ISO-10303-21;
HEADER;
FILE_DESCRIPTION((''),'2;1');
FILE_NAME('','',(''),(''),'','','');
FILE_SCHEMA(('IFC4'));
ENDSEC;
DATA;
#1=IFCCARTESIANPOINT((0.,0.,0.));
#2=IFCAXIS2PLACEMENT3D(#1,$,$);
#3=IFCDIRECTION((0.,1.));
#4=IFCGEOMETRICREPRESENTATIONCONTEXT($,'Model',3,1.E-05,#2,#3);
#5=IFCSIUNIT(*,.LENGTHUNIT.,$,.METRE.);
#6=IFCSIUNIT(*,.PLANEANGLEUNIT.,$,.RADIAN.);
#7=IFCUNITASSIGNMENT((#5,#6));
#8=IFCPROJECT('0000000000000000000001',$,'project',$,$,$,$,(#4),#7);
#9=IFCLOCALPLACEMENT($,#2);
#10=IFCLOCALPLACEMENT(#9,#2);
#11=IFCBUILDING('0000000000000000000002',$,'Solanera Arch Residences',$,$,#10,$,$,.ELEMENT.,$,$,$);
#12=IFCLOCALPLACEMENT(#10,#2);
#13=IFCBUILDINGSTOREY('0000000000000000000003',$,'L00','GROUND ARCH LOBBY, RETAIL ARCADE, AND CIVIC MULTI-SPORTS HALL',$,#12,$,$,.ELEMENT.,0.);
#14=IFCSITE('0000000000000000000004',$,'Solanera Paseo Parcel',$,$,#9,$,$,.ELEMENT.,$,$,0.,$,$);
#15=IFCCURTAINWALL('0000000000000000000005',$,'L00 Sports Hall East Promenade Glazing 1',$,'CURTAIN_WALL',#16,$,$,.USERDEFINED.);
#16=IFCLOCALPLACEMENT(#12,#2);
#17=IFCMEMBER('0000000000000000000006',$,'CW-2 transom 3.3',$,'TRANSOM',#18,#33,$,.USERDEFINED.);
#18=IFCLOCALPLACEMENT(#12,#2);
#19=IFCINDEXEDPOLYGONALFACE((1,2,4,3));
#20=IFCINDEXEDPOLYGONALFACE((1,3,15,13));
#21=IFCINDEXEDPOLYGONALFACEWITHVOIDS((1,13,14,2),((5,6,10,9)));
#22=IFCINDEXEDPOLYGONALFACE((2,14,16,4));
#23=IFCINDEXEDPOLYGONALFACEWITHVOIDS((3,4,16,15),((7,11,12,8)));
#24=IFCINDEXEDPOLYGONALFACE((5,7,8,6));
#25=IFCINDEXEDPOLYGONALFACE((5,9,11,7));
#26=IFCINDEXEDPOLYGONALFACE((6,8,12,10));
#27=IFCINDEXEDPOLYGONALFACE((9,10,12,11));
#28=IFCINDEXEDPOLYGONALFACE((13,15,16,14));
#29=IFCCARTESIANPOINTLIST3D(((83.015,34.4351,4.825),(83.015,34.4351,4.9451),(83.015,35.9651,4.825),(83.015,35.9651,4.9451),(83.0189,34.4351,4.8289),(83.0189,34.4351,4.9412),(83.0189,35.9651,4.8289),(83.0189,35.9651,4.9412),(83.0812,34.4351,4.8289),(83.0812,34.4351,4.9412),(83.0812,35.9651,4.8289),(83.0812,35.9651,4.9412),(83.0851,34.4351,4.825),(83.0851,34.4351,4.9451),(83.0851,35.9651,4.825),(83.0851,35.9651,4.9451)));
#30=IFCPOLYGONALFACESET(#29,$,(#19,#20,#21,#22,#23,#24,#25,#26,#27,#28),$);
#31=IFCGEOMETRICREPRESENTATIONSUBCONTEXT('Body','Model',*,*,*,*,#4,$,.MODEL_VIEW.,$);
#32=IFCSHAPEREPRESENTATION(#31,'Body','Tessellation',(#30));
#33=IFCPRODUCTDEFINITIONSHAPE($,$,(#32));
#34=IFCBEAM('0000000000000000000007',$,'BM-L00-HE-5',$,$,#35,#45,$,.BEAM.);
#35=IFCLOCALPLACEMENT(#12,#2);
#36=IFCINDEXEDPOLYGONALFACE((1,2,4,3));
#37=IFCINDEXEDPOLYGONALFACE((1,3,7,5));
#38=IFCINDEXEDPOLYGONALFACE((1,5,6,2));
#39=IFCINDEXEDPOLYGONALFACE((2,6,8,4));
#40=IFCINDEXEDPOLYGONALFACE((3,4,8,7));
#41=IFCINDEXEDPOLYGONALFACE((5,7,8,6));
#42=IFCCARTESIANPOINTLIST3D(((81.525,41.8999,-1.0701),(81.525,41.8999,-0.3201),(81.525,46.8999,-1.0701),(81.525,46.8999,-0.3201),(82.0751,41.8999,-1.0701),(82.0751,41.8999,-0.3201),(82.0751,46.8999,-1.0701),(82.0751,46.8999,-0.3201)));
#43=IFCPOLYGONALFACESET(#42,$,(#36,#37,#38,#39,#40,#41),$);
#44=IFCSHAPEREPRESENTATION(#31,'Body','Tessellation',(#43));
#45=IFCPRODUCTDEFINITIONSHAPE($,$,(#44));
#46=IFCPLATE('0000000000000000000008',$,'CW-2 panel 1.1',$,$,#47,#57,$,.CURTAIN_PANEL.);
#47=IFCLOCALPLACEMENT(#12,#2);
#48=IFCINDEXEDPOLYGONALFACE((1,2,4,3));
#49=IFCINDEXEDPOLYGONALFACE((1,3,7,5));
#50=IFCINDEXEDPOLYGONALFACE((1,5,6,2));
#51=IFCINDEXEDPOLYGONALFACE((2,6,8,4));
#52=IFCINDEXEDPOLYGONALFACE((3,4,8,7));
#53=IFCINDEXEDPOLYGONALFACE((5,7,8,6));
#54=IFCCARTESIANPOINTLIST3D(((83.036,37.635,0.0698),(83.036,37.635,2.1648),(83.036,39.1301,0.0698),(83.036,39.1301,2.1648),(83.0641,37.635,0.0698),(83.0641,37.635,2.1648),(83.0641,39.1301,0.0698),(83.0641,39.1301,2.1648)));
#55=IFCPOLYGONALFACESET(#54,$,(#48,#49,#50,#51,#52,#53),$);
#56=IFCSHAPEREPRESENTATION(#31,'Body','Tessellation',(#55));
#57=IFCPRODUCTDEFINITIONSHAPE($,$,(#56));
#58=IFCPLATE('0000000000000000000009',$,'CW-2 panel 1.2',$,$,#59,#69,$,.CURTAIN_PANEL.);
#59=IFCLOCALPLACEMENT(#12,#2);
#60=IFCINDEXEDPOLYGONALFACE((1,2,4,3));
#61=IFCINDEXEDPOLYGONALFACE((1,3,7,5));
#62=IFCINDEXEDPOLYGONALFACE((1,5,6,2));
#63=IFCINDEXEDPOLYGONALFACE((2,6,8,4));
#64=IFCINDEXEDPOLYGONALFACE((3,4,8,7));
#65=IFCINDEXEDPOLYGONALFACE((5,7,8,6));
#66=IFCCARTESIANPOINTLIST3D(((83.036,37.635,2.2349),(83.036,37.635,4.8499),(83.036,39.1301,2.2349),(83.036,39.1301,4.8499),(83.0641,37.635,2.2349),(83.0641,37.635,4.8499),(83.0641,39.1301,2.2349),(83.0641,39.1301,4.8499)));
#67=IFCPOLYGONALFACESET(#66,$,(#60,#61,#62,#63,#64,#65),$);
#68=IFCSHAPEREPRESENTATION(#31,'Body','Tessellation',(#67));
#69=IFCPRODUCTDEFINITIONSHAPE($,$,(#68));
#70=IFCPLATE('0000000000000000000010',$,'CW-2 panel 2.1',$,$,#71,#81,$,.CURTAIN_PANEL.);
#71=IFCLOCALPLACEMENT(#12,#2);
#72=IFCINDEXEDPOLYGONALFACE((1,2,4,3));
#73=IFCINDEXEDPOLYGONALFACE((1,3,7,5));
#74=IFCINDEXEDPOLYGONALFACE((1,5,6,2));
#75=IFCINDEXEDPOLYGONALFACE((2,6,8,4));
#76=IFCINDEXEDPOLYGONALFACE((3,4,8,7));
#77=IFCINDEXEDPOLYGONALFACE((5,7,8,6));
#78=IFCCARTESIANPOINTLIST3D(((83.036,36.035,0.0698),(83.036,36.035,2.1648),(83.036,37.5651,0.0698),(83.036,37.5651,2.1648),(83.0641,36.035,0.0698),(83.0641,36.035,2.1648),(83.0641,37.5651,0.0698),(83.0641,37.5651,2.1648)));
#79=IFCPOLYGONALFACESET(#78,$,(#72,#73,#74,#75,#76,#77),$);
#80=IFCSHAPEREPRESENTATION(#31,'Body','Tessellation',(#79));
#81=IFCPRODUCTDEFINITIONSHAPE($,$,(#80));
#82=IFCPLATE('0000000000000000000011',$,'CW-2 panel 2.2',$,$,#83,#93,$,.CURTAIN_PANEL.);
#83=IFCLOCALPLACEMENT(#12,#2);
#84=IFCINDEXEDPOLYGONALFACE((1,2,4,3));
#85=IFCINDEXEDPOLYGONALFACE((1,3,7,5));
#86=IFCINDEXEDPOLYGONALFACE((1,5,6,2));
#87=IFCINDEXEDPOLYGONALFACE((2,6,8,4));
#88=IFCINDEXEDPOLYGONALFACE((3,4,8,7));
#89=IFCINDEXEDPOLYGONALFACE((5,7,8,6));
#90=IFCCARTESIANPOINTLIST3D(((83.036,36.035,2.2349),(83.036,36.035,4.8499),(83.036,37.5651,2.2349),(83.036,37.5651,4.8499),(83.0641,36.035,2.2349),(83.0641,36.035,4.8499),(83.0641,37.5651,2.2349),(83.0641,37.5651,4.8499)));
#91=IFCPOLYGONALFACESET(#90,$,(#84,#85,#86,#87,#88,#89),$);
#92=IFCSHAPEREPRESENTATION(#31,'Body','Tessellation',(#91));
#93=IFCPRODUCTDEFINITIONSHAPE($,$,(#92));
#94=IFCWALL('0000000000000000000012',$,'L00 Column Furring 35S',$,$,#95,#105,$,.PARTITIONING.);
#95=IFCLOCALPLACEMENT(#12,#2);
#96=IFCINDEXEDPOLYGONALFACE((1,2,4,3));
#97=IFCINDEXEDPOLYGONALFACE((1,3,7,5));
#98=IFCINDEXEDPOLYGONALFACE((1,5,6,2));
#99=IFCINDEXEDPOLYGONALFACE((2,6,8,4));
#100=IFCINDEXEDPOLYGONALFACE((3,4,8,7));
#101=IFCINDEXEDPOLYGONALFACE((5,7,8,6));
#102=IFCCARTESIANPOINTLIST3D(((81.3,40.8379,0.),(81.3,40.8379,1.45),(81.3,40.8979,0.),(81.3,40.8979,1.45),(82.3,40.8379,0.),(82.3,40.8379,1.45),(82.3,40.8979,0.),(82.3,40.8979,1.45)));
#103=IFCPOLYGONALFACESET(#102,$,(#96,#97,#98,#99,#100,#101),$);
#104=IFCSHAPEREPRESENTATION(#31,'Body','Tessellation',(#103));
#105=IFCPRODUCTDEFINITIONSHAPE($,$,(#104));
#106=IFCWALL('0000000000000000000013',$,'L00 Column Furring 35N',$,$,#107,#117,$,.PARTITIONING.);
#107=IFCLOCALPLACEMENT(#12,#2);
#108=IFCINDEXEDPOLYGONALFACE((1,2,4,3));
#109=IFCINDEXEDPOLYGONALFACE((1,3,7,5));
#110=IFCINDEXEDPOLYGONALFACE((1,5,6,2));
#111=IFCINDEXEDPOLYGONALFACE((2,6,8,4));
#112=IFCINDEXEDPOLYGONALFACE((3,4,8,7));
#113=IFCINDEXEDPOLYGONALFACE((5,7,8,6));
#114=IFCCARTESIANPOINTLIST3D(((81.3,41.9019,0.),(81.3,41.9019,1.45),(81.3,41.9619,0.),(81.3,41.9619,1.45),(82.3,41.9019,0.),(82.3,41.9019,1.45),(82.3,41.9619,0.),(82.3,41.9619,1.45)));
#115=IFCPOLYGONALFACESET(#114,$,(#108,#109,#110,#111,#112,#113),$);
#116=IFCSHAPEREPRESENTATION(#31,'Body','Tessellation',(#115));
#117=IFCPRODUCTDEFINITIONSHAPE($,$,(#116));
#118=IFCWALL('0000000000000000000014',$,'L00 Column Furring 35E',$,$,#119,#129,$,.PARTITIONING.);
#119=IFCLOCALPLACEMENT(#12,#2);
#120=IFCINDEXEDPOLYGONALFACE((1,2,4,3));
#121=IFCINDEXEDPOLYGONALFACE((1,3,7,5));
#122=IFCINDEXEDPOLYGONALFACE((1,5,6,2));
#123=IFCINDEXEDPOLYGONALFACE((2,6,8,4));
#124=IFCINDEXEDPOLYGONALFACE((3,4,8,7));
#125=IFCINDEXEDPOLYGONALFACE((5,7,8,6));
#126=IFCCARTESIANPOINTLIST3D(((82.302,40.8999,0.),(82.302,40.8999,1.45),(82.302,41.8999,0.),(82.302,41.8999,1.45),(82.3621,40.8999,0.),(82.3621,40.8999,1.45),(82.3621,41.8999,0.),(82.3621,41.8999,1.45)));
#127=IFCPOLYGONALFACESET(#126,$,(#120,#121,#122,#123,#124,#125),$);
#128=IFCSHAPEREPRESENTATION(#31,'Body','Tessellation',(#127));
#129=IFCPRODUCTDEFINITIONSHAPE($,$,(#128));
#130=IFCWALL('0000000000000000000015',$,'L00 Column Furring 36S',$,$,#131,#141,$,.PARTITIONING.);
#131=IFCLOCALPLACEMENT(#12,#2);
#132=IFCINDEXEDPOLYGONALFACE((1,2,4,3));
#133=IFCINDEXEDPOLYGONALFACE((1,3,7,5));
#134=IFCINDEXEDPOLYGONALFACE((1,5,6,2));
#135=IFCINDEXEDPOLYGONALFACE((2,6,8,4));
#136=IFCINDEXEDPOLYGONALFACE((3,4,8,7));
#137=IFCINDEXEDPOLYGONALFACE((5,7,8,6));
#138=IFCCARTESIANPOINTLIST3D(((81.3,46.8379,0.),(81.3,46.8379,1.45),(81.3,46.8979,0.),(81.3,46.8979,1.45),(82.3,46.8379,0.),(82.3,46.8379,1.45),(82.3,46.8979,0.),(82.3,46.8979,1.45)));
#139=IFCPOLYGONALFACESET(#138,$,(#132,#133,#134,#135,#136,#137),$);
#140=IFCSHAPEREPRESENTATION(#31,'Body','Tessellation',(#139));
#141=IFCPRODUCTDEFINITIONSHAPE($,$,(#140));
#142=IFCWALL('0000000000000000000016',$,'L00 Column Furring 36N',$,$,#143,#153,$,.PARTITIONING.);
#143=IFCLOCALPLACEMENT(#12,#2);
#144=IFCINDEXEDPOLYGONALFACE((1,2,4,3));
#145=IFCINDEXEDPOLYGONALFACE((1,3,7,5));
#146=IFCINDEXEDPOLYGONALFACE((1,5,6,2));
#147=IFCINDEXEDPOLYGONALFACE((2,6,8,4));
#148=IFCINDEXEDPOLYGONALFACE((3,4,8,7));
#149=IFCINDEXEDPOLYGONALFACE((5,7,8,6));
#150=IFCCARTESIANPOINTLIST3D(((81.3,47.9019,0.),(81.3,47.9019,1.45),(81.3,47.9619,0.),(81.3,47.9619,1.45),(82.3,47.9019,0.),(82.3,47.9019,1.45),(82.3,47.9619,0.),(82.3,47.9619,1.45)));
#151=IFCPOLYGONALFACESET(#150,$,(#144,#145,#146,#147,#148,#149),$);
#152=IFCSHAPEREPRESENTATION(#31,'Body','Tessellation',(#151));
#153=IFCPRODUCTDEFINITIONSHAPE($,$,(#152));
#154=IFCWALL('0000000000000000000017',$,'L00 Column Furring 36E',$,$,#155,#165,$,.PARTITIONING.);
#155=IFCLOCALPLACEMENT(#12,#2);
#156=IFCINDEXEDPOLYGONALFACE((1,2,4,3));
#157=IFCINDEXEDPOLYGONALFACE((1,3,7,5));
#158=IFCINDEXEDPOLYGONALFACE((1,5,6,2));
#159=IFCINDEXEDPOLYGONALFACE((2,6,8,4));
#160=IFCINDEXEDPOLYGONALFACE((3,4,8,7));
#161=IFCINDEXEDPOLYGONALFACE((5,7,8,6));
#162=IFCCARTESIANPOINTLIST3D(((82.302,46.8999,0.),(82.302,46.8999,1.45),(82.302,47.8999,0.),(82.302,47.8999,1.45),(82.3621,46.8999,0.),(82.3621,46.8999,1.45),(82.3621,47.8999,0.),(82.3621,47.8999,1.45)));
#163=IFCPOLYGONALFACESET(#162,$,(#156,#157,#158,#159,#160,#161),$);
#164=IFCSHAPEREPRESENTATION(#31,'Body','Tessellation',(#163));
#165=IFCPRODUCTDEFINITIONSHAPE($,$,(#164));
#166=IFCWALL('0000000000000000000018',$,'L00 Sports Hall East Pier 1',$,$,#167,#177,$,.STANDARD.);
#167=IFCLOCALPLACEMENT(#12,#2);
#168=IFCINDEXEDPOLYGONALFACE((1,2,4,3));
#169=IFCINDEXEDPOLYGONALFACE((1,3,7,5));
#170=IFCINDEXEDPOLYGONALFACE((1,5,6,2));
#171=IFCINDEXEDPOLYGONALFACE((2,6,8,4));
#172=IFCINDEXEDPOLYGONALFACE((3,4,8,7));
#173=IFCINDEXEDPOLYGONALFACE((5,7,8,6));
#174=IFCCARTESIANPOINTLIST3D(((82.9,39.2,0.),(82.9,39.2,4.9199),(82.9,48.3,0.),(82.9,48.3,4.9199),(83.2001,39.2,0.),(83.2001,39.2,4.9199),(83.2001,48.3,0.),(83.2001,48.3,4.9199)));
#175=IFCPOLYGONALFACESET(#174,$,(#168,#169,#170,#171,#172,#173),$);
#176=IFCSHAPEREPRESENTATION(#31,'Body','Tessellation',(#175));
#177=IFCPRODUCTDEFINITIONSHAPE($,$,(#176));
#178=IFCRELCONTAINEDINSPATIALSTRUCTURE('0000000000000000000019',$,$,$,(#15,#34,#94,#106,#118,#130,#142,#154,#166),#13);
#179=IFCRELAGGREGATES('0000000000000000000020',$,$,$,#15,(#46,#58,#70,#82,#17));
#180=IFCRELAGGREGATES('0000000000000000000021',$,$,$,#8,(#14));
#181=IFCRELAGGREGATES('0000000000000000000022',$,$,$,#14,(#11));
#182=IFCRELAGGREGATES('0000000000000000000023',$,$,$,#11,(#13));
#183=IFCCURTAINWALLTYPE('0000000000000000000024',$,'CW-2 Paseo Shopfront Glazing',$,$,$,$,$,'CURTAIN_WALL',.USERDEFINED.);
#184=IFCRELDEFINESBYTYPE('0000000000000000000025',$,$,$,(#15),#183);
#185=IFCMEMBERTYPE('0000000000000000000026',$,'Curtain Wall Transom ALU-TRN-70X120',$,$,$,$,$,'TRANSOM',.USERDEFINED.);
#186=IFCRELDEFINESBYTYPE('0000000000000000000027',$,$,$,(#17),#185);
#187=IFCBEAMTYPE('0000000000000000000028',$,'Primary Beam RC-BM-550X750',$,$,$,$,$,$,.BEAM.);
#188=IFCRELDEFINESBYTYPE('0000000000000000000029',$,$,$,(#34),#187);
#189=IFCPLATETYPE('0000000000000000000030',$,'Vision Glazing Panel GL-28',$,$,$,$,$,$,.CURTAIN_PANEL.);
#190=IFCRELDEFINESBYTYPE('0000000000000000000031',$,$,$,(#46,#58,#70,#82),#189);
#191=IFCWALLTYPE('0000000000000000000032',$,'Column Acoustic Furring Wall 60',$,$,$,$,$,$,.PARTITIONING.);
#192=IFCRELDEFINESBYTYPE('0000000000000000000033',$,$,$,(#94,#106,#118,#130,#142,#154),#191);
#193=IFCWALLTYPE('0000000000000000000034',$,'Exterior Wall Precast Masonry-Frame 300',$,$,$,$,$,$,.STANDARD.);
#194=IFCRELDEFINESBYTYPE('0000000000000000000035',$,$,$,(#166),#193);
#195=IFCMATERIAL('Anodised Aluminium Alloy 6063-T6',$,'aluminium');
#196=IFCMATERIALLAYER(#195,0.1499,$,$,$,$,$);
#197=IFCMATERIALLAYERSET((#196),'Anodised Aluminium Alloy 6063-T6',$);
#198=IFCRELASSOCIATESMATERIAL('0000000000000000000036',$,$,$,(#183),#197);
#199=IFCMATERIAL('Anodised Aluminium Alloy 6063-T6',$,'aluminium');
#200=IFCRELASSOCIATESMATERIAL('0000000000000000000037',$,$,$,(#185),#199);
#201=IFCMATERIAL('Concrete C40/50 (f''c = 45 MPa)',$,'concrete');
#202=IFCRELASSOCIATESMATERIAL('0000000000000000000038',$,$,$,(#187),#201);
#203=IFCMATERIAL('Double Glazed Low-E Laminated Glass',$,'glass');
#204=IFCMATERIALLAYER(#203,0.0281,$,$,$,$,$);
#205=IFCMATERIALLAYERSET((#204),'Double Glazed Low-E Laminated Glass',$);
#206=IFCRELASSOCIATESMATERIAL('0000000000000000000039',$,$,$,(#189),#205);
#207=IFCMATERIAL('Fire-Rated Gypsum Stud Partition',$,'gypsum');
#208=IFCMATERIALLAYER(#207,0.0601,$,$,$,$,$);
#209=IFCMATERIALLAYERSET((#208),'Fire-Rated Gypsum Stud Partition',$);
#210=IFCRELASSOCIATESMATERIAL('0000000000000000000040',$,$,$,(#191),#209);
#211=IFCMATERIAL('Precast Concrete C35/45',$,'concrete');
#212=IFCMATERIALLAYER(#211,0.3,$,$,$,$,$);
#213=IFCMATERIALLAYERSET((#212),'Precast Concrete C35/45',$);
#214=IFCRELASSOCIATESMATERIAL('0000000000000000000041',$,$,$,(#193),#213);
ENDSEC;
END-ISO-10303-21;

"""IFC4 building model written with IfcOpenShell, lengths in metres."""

from ifc_helpers import new_model, si_unit, direction, frame, frame_2d, origin, origin_2d, place, context, subcontext, project, spatial, rectangle, hollow_rectangle, extrude, material, layer, layer_set, material_profile, profile_set, type_object, element, aggregate, save


model = new_model("IFC4")

# Units and contexts
model_context = context("Model", 3, precision=1e-05, world=origin(), true_north=direction((0.0, 1.0)))
body_context = subcontext(model_context, "Body", "Model", "MODEL_VIEW")
ifc_project = project(units=[si_unit("LENGTHUNIT", "METRE"), si_unit("PLANEANGLEUNIT", "RADIAN")], contexts=[model_context])

# Site, building, storey
site_placement = place(None, origin())
site = spatial("IfcSite", under=ifc_project, at=site_placement, Name="Solanera Paseo Parcel", CompositionType="ELEMENT", RefElevation=0.0)
building_placement = place(site_placement, origin())
building = spatial("IfcBuilding", under=site, at=building_placement, Name="Solanera Arch Residences", CompositionType="ELEMENT")
storey_placement = place(building_placement, origin())
storey = spatial("IfcBuildingStorey", under=building, at=storey_placement, Name="L00", Description="GROUND ARCH LOBBY, RETAIL ARCADE, AND CIVIC MULTI-SPORTS HALL", CompositionType="ELEMENT", Elevation=0.0)

# Curtain wall, member
ifc_material_1 = material(Name="Anodised Aluminium Alloy 6063-T6", Category="aluminium")
ifc_layer_1 = layer(ifc_material_1, 0.1499)
ifc_layer_set_1 = layer_set([ifc_layer_1], Name="Anodised Aluminium Alloy 6063-T6")
curtain_wall_type = type_object("IfcCurtainWallType", Name="CW-2 Paseo Shopfront Glazing", ElementType="CURTAIN_WALL", PredefinedType="USERDEFINED", material=ifc_layer_set_1)
curtain_wall_placement = place(storey_placement, origin())
curtain_wall = element("IfcCurtainWall", 1, at=curtain_wall_placement, inside=storey, type_object=curtain_wall_type, Name="L00 Sports Hall East Promenade Glazing 1", ObjectType="CURTAIN_WALL", PredefinedType="USERDEFINED")
ifc_material_2 = material(Name="Anodised Aluminium Alloy 6063-T6", Category="aluminium")
ifc_material_profile_1 = material_profile(ifc_material_2, hollow_rectangle(XDim=0.0701, YDim=0.1201, WallThickness=0.0039, at=origin_2d()))
ifc_profile_set_1 = profile_set([ifc_material_profile_1], Name="Anodised Aluminium Alloy 6063-T6")
member_type_1 = type_object("IfcMemberType", Name="Curtain Wall Transom ALU-TRN-70X120", ElementType="TRANSOM", PredefinedType="USERDEFINED", material=ifc_profile_set_1)
member_1_placement = place(storey_placement, frame((83.05, 35.9651, 4.885), z_axis=(0.0, -1.0, 0.0), x_axis=(1.0, 0.0, 0.0)))
member_1 = element("IfcMember", 2, at=member_1_placement, type_object=member_type_1, Name="CW-2 transom 3.3", ObjectType="TRANSOM", PredefinedType="USERDEFINED", context=body_context, shape_type="SweptSolid", body=[
    extrude(hollow_rectangle(XDim=0.0701, YDim=0.1201, WallThickness=0.0039, at=origin_2d()), origin(), (0.0, 0.0, 1.0), 1.53),
])

# Beam
ifc_material_3 = material(Name="Concrete C40/50 (f'c = 45 MPa)", Category="concrete")
ifc_material_profile_2 = material_profile(ifc_material_3, rectangle(XDim=0.55, YDim=0.75, at=origin_2d()))
ifc_profile_set_2 = profile_set([ifc_material_profile_2], Name="Concrete C40/50 (f'c = 45 MPa)")
beam_type = type_object("IfcBeamType", Name="Primary Beam RC-BM-550X750", PredefinedType="BEAM", material=ifc_profile_set_2)
beam_placement = place(storey_placement, frame((81.8, 41.8999, -0.6951), z_axis=(0.0, 1.0, 0.0), x_axis=(-1.0, 0.0, 0.0)))
element("IfcBeam", 3, at=beam_placement, inside=storey, type_object=beam_type, Name="BM-L00-HE-5", PredefinedType="BEAM", context=body_context, shape_type="SweptSolid", body=[
    extrude(rectangle(XDim=0.55, YDim=0.75, at=origin_2d()), origin(), (0.0, 0.0, 1.0), 5.0),
])

# Plates
ifc_material_4 = material(Name="Double Glazed Low-E Laminated Glass", Category="glass")
ifc_layer_2 = layer(ifc_material_4, 0.0281)
ifc_layer_set_2 = layer_set([ifc_layer_2], Name="Double Glazed Low-E Laminated Glass")
plate_type = type_object("IfcPlateType", Name="Vision Glazing Panel GL-28", PredefinedType="CURTAIN_PANEL", material=ifc_layer_set_2)
plate_1_placement = place(storey_placement, frame((83.05, 38.3826, 0.0698), z_axis=(0.0, 0.0, 1.0), x_axis=(0.0, -1.0, 0.0)))
plate_1 = element("IfcPlate", 4, at=plate_1_placement, type_object=plate_type, Name="CW-2 panel 1.1", PredefinedType="CURTAIN_PANEL", context=body_context, shape_type="SweptSolid", body=[
    extrude(rectangle(XDim=1.4951, YDim=0.0281, at=origin_2d()), origin(), (0.0, 0.0, 1.0), 2.095),
])
plate_2_placement = place(storey_placement, frame((83.05, 38.3826, 2.2349), z_axis=(0.0, 0.0, 1.0), x_axis=(0.0, -1.0, 0.0)))
plate_2 = element("IfcPlate", 5, at=plate_2_placement, type_object=plate_type, Name="CW-2 panel 1.2", PredefinedType="CURTAIN_PANEL", context=body_context, shape_type="SweptSolid", body=[
    extrude(rectangle(XDim=1.4951, YDim=0.0281, at=origin_2d()), origin(), (0.0, 0.0, 1.0), 2.615),
])
plate_3_placement = place(storey_placement, frame((83.05, 36.8, 0.0698), z_axis=(0.0, 0.0, 1.0), x_axis=(0.0, -1.0, 0.0)))
plate_3 = element("IfcPlate", 6, at=plate_3_placement, type_object=plate_type, Name="CW-2 panel 2.1", PredefinedType="CURTAIN_PANEL", context=body_context, shape_type="SweptSolid", body=[
    extrude(rectangle(XDim=1.53, YDim=0.0281, at=origin_2d()), origin(), (0.0, 0.0, 1.0), 2.095),
])
plate_4_placement = place(storey_placement, frame((83.05, 36.8, 2.2349), z_axis=(0.0, 0.0, 1.0), x_axis=(0.0, -1.0, 0.0)))
plate_4 = element("IfcPlate", 7, at=plate_4_placement, type_object=plate_type, Name="CW-2 panel 2.2", PredefinedType="CURTAIN_PANEL", context=body_context, shape_type="SweptSolid", body=[
    extrude(rectangle(XDim=1.53, YDim=0.0281, at=origin_2d()), origin(), (0.0, 0.0, 1.0), 2.615),
])
aggregate(curtain_wall, [plate_1, plate_2, plate_3, plate_4, member_1])

# Walls
ifc_material_5 = material(Name="Fire-Rated Gypsum Stud Partition", Category="gypsum")
ifc_layer_3 = layer(ifc_material_5, 0.0601)
ifc_layer_set_3 = layer_set([ifc_layer_3], Name="Fire-Rated Gypsum Stud Partition")
wall_type_1 = type_object("IfcWallType", Name="Column Acoustic Furring Wall 60", PredefinedType="PARTITIONING", material=ifc_layer_set_3)
for number, where, z_axis, x_axis, name in (
    (8, (81.3, 40.8679, 0.0), (0.0, 0.0, 1.0), (1.0, 0.0, 0.0), "L00 Column Furring 35S"),
    (9, (81.3, 41.9319, 0.0), (0.0, 0.0, 1.0), (1.0, 0.0, 0.0), "L00 Column Furring 35N"),
    (10, (82.332, 40.8999, 0.0), (0.0, 0.0, 1.0), (0.0, 1.0, 0.0), "L00 Column Furring 35E"),
    (11, (81.3, 46.8679, 0.0), (0.0, 0.0, 1.0), (1.0, 0.0, 0.0), "L00 Column Furring 36S"),
    (12, (81.3, 47.9319, 0.0), (0.0, 0.0, 1.0), (1.0, 0.0, 0.0), "L00 Column Furring 36N"),
    (13, (82.332, 46.8999, 0.0), (0.0, 0.0, 1.0), (0.0, 1.0, 0.0), "L00 Column Furring 36E"),
):
    element("IfcWall", number, at=place(storey_placement, frame(where, z_axis=z_axis, x_axis=x_axis)), inside=storey, type_object=wall_type_1, Name=name, PredefinedType="PARTITIONING", context=body_context, shape_type="SweptSolid", body=[
        extrude(rectangle(XDim=1.0, YDim=0.0601, at=frame_2d((0.5, 0.0))), origin(), (0.0, 0.0, 1.0), 1.45),
    ])
ifc_material_6 = material(Name="Precast Concrete C35/45", Category="concrete")
ifc_layer_4 = layer(ifc_material_6, 0.3)
ifc_layer_set_4 = layer_set([ifc_layer_4], Name="Precast Concrete C35/45")
wall_type_2 = type_object("IfcWallType", Name="Exterior Wall Precast Masonry-Frame 300", PredefinedType="STANDARD", material=ifc_layer_set_4)
wall_placement = place(storey_placement, frame((83.05, 48.3, 0.0), z_axis=(0.0, 0.0, 1.0), x_axis=(0.0, -1.0, 0.0)))
element("IfcWall", 14, at=wall_placement, inside=storey, type_object=wall_type_2, Name="L00 Sports Hall East Pier 1", PredefinedType="STANDARD", context=body_context, shape_type="SweptSolid", body=[
    extrude(rectangle(XDim=9.1001, YDim=0.3, at=frame_2d((4.55, 0.0))), origin(), (0.0, 0.0, 1.0), 4.9199),
])

save(model, "model.ifc")
